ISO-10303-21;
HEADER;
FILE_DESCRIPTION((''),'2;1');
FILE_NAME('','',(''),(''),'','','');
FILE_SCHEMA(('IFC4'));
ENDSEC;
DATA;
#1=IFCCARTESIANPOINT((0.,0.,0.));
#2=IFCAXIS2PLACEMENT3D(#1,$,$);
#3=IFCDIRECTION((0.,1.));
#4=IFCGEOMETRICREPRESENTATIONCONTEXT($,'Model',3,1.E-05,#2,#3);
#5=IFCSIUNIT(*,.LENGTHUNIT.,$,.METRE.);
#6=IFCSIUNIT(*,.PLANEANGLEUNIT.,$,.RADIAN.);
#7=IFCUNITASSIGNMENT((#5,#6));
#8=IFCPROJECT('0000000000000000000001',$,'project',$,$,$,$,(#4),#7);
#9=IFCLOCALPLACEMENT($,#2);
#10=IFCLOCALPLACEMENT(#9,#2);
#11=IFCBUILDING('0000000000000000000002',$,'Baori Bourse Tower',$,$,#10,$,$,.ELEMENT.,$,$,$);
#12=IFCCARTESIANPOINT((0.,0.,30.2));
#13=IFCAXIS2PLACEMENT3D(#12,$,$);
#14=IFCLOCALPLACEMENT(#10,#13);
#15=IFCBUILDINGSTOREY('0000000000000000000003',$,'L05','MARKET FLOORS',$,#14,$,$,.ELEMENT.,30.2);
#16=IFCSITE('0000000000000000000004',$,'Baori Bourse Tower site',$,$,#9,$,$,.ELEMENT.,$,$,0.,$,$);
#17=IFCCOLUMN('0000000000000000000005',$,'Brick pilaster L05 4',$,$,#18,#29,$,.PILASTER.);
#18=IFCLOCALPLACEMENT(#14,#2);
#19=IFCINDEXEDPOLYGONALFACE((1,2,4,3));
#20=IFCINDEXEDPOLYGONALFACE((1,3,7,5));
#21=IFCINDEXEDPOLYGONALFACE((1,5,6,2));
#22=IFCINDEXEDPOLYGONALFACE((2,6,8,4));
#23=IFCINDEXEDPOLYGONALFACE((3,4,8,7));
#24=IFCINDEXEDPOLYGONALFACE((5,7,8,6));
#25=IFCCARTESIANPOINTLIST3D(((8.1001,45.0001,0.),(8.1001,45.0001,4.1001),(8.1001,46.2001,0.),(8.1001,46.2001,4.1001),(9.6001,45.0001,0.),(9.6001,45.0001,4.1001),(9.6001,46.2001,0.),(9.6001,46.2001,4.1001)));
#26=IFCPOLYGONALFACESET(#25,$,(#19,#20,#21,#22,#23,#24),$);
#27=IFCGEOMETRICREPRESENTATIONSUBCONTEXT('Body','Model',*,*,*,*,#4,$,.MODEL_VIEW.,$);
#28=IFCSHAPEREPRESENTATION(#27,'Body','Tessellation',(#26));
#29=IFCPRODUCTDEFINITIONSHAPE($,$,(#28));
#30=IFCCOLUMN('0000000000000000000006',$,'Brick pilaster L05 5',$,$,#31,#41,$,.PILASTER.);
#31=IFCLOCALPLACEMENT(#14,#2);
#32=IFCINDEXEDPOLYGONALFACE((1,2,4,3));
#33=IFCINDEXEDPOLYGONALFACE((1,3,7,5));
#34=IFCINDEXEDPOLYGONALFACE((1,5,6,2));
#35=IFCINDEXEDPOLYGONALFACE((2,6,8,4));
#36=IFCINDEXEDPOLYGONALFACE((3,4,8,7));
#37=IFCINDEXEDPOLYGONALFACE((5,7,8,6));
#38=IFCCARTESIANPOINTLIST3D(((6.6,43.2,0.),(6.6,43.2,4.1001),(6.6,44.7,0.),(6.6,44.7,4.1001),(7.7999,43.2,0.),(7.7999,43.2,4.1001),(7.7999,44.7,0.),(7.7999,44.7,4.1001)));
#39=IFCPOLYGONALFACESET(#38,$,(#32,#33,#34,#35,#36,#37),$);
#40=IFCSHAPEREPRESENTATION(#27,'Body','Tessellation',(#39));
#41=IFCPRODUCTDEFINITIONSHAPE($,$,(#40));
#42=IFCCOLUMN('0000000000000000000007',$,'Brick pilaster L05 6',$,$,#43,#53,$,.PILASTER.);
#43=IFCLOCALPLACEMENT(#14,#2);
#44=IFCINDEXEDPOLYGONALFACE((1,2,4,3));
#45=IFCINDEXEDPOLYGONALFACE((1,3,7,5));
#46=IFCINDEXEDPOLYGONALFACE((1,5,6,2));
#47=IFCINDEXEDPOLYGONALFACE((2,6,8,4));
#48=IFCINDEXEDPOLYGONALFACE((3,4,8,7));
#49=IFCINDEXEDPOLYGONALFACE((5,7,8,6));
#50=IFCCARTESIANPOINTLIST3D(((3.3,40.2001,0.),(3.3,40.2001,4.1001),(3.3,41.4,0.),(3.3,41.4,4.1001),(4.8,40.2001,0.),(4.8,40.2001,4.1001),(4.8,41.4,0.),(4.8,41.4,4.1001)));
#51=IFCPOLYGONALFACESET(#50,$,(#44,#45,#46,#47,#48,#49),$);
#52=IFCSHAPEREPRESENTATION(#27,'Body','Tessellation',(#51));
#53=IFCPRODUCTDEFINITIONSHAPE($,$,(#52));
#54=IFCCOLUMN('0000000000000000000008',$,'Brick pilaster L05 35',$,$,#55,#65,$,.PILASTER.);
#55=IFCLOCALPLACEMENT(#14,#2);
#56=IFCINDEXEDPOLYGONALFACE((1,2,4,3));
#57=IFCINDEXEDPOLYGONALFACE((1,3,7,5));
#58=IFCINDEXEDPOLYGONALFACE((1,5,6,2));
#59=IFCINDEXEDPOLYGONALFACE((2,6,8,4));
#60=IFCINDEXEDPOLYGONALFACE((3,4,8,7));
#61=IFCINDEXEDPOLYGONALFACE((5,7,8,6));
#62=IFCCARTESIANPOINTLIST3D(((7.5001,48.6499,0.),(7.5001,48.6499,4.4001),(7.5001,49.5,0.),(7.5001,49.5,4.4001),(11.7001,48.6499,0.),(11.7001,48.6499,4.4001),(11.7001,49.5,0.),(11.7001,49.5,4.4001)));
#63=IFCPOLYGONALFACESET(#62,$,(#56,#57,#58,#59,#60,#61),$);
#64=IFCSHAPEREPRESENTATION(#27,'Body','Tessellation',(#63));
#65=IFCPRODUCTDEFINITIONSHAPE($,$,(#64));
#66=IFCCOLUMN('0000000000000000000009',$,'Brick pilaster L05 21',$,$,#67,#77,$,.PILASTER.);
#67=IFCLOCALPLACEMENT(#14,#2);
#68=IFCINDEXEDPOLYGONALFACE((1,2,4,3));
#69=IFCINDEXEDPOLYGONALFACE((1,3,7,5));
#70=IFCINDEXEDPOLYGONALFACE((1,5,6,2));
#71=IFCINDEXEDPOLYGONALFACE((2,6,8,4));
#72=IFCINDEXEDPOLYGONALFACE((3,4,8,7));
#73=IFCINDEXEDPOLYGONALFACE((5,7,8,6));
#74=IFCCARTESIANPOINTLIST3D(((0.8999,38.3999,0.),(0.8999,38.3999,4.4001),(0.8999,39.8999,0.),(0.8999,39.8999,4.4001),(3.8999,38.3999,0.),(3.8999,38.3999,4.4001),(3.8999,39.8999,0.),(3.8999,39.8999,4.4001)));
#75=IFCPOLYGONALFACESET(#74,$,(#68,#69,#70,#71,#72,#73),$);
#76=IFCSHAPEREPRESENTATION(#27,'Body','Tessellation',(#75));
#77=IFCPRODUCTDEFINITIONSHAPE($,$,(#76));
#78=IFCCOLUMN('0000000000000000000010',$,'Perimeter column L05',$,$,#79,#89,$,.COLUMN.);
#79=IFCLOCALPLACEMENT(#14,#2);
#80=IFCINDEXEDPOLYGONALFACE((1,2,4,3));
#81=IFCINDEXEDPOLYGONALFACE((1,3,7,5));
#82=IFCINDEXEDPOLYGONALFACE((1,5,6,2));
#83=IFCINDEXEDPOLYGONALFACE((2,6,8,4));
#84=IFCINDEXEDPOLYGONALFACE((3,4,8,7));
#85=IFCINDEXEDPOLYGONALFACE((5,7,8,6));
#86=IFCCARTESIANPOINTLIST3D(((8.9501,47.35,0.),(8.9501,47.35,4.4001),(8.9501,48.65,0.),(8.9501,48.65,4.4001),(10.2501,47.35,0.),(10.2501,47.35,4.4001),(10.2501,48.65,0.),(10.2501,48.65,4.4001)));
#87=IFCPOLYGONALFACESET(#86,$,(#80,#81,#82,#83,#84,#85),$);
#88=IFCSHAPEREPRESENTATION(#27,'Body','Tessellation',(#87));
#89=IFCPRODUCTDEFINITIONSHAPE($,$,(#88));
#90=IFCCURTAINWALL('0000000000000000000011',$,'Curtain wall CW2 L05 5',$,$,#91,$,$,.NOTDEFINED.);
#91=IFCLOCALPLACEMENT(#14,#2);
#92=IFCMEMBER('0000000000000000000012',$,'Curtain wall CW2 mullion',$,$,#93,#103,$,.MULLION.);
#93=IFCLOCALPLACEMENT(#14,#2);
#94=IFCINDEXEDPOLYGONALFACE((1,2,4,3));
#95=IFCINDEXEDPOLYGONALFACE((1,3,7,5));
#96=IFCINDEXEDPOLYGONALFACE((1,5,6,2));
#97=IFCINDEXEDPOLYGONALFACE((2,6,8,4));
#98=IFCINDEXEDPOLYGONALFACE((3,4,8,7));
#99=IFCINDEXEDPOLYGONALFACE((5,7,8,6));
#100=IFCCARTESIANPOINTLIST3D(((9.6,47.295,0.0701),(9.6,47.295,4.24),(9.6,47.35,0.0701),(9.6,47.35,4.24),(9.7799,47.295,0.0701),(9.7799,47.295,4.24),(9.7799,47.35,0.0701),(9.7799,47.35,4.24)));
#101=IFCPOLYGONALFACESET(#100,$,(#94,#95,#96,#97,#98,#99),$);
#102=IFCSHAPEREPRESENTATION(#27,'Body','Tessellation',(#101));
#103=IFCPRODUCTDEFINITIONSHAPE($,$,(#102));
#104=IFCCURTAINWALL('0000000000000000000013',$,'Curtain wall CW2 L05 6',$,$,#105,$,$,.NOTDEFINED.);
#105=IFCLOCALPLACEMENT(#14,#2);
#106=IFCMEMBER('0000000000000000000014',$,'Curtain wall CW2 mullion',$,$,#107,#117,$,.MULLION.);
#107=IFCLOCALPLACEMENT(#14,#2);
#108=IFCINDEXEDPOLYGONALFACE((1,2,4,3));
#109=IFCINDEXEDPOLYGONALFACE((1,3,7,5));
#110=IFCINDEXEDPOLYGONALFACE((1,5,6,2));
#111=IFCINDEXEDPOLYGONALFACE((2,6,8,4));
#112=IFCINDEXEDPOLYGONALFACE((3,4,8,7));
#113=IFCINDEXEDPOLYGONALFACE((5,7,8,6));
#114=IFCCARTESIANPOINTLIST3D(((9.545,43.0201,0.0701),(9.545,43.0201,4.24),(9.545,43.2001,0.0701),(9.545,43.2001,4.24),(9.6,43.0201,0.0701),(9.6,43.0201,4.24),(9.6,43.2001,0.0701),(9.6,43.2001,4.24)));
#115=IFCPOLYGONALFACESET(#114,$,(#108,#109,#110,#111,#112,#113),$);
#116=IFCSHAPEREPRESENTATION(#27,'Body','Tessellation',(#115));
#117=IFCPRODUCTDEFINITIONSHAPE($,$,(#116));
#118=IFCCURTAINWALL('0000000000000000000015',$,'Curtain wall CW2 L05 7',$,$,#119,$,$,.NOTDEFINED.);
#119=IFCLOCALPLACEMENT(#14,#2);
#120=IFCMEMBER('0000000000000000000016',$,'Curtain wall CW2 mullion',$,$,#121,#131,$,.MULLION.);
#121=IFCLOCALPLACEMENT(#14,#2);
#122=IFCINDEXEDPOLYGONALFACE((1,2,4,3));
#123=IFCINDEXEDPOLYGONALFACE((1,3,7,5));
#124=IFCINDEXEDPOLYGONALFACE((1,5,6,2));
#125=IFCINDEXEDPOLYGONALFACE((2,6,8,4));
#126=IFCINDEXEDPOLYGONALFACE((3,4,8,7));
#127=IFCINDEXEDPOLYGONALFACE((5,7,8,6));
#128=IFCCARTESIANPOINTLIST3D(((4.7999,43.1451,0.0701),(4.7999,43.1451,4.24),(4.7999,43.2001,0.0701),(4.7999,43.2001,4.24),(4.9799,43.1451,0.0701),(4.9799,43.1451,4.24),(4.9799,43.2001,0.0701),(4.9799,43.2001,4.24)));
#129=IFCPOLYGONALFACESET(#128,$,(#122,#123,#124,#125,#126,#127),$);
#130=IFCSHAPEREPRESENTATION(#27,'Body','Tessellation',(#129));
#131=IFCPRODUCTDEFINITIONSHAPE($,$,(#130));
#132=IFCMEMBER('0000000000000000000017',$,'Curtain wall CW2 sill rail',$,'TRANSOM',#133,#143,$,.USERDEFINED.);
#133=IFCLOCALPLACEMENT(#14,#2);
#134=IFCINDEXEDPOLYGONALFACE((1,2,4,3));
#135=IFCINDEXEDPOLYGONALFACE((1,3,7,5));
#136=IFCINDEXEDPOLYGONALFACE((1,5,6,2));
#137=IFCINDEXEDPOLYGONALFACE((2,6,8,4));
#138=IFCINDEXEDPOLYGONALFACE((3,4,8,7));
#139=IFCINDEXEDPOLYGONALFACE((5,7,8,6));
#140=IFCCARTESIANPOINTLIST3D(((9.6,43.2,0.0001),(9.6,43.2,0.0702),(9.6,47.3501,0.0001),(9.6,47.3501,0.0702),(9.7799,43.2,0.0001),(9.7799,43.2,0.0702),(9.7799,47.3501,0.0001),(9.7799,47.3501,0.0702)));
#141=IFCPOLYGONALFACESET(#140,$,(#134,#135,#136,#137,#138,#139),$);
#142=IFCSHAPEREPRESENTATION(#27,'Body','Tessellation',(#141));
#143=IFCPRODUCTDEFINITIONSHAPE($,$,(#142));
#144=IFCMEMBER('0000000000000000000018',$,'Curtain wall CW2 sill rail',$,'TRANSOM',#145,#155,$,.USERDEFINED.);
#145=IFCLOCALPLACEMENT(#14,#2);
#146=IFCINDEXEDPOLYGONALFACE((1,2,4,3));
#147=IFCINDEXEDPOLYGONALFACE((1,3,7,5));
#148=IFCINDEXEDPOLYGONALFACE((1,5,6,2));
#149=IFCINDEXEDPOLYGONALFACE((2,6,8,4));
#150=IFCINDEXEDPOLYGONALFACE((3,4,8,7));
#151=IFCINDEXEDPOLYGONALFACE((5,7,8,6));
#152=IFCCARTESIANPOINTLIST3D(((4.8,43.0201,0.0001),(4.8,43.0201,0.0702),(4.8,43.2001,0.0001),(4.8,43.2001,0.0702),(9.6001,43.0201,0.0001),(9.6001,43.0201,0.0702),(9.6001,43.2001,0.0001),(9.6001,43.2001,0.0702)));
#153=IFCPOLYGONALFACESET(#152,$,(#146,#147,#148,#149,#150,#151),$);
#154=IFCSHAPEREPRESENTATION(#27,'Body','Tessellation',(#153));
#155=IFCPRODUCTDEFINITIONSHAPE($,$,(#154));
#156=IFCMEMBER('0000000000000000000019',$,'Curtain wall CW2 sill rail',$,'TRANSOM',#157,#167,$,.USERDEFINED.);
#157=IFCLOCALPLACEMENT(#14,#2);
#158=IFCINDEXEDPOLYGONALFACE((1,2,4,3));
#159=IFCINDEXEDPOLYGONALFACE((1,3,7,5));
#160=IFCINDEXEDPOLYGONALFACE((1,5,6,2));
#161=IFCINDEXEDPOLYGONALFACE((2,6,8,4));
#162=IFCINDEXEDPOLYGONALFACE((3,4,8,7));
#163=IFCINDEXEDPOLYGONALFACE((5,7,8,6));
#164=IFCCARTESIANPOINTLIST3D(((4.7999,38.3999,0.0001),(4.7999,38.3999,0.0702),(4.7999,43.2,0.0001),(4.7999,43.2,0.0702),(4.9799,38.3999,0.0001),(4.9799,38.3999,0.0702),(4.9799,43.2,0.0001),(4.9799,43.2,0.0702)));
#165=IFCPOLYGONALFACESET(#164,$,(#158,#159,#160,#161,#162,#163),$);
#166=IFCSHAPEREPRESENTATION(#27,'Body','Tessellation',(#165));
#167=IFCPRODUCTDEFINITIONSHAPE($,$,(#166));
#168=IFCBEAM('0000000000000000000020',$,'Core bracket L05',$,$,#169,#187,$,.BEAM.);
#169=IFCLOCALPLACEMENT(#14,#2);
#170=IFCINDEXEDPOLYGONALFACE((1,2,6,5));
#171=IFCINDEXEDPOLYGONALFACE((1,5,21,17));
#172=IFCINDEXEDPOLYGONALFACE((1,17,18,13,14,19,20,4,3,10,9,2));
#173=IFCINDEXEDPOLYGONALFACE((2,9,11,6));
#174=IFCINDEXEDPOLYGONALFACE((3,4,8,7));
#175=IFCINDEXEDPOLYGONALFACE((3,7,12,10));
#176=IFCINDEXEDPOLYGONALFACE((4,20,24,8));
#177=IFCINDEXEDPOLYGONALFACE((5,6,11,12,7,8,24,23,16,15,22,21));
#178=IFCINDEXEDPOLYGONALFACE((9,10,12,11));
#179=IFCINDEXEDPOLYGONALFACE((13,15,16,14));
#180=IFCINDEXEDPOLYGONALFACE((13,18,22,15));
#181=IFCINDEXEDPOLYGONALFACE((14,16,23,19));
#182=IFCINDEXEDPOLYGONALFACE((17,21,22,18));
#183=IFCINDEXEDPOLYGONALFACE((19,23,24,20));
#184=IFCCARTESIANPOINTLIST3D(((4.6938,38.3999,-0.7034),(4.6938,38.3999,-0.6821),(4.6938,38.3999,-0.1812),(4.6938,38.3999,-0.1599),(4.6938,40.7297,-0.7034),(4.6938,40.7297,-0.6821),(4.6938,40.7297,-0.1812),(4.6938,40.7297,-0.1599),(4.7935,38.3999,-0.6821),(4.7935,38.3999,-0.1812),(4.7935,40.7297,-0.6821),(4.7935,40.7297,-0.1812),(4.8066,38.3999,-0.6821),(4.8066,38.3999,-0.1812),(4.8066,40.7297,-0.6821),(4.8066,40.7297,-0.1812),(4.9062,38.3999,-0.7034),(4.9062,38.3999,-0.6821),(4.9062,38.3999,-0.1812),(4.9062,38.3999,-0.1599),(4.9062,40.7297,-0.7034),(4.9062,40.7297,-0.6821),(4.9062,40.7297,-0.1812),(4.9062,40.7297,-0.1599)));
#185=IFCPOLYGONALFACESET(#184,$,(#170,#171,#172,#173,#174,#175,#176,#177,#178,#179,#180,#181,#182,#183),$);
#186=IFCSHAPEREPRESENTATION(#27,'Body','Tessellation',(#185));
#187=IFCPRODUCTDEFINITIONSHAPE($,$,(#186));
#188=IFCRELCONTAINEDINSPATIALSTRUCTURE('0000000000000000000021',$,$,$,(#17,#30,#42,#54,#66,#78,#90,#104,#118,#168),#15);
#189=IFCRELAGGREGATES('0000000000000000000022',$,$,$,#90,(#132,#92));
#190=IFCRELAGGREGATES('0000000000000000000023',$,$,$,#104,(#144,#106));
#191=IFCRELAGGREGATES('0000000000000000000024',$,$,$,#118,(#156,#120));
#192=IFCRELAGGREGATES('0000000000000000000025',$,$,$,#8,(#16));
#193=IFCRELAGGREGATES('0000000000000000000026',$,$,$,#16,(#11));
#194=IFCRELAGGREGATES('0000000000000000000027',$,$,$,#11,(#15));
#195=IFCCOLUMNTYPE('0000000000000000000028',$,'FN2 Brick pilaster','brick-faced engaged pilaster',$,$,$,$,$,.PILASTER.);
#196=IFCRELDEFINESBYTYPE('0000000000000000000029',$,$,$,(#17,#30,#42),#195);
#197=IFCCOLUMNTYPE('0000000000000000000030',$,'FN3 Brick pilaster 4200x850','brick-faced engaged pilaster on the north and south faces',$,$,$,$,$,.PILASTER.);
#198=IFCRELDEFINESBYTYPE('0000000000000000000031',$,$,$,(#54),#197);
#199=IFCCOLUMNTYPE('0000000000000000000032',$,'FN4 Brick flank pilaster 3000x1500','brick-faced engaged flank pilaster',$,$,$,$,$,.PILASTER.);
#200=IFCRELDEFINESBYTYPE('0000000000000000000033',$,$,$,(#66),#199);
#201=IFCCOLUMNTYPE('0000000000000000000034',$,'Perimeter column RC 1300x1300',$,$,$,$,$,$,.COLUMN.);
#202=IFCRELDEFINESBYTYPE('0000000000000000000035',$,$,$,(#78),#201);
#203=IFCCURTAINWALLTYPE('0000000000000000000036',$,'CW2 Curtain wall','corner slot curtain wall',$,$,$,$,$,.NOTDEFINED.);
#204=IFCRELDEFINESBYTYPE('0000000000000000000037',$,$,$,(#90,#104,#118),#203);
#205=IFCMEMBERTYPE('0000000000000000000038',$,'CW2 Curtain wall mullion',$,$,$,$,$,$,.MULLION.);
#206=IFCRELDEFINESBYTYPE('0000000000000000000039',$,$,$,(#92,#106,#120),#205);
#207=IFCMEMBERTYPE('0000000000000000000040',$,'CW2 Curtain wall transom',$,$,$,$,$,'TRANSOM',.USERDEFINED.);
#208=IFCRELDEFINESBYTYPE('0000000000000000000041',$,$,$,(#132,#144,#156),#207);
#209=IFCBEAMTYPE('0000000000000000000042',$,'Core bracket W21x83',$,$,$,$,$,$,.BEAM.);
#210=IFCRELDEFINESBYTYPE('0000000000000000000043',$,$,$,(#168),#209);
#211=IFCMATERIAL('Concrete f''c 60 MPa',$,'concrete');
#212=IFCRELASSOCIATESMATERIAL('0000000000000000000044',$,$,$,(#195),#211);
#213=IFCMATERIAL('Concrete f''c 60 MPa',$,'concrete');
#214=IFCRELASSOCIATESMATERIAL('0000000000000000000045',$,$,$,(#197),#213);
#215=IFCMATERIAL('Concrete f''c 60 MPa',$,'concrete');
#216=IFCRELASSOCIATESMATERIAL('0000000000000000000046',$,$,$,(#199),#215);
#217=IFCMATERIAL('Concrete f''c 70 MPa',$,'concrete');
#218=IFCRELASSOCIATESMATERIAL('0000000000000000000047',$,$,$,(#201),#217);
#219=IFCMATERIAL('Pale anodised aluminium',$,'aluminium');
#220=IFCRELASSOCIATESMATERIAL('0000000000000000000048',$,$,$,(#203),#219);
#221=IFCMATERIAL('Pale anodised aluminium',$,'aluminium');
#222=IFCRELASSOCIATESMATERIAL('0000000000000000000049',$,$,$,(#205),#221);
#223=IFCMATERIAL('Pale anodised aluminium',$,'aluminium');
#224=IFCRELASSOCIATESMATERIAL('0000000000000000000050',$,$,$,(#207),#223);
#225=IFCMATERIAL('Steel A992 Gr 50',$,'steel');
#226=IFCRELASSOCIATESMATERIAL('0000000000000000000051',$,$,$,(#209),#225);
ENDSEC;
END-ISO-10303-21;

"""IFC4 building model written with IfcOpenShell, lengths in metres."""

from ifc_helpers import new_model, si_unit, direction, frame, origin, origin_2d, place, context, subcontext, project, spatial, rectangle, i_section, extrude, material, material_profile, profile_set, type_object, element, aggregate, save


model = new_model("IFC4")

# Units and contexts
model_context = context("Model", 3, precision=1e-05, world=origin(), true_north=direction((0.0, 1.0)))
body_context = subcontext(model_context, "Body", "Model", "MODEL_VIEW")
ifc_project = project(units=[si_unit("LENGTHUNIT", "METRE"), si_unit("PLANEANGLEUNIT", "RADIAN")], contexts=[model_context])

# Site, building, storey
site_placement = place(None, origin())
site = spatial("IfcSite", under=ifc_project, at=site_placement, Name="Baori Bourse Tower site", CompositionType="ELEMENT", RefElevation=0.0)
building_placement = place(site_placement, origin())
building = spatial("IfcBuilding", under=site, at=building_placement, Name="Baori Bourse Tower", CompositionType="ELEMENT")
storey_placement = place(building_placement, frame((0.0, 0.0, 30.2)))
storey = spatial("IfcBuildingStorey", under=building, at=storey_placement, Name="L05", Description="MARKET FLOORS", CompositionType="ELEMENT", Elevation=30.2)

# Columns
ifc_material_1 = material(Name="Concrete f'c 60 MPa", Category="concrete")
ifc_material_profile_1 = material_profile(ifc_material_1, rectangle(XDim=1.2, YDim=1.5, at=origin_2d()), Name="RC 1200x1500")
ifc_profile_set_1 = profile_set([ifc_material_profile_1], Name="Concrete f'c 60 MPa")
column_type_1 = type_object("IfcColumnType", Name="FN2 Brick pilaster", Description="brick-faced engaged pilaster", PredefinedType="PILASTER", material=ifc_profile_set_1)
for number, where, z_axis, x_axis, name in (
    (1, (8.8501, 45.6001, 0.0), (0.0, 0.0, 1.0), (0.0, 1.0, 0.0), "Brick pilaster L05 4"),
    (2, (7.2, 43.95, 0.0), (0.0, 0.0, 1.0), (1.0, 0.0, 0.0), "Brick pilaster L05 5"),
    (3, (4.05, 40.8, 0.0), (0.0, 0.0, 1.0), (0.0, 1.0, 0.0), "Brick pilaster L05 6"),
):
    element("IfcColumn", number, at=place(storey_placement, frame(where, z_axis=z_axis, x_axis=x_axis)), inside=storey, type_object=column_type_1, Name=name, PredefinedType="PILASTER", context=body_context, shape_type="SweptSolid", body=[
        extrude(rectangle(XDim=1.2, YDim=1.5, at=origin_2d()), origin(), (0.0, 0.0, 1.0), 4.1001),
    ])
ifc_material_2 = material(Name="Concrete f'c 60 MPa", Category="concrete")
ifc_material_profile_2 = material_profile(ifc_material_2, rectangle(XDim=4.2, YDim=0.8501, at=origin_2d()), Name="RC 4200x850")
ifc_profile_set_2 = profile_set([ifc_material_profile_2], Name="Concrete f'c 60 MPa")
column_type_2 = type_object("IfcColumnType", Name="FN3 Brick pilaster 4200x850", Description="brick-faced engaged pilaster on the north and south faces", PredefinedType="PILASTER", material=ifc_profile_set_2)
column_1_placement = place(storey_placement, frame((9.6001, 49.075, 0.0), z_axis=(0.0, 0.0, 1.0), x_axis=(1.0, 0.0, 0.0)))
element("IfcColumn", 4, at=column_1_placement, inside=storey, type_object=column_type_2, Name="Brick pilaster L05 35", PredefinedType="PILASTER", context=body_context, shape_type="SweptSolid", body=[
    extrude(rectangle(XDim=4.2, YDim=0.8501, at=origin_2d()), origin(), (0.0, 0.0, 1.0), 4.4001),
])
ifc_material_3 = material(Name="Concrete f'c 60 MPa", Category="concrete")
ifc_material_profile_3 = material_profile(ifc_material_3, rectangle(XDim=3.0, YDim=1.5, at=origin_2d()), Name="RC 3000x1500")
ifc_profile_set_3 = profile_set([ifc_material_profile_3], Name="Concrete f'c 60 MPa")
column_type_3 = type_object("IfcColumnType", Name="FN4 Brick flank pilaster 3000x1500", Description="brick-faced engaged flank pilaster", PredefinedType="PILASTER", material=ifc_profile_set_3)
column_2_placement = place(storey_placement, frame((2.3999, 39.1499, 0.0), z_axis=(0.0, 0.0, 1.0), x_axis=(1.0, 0.0, 0.0)))
element("IfcColumn", 5, at=column_2_placement, inside=storey, type_object=column_type_3, Name="Brick pilaster L05 21", PredefinedType="PILASTER", context=body_context, shape_type="SweptSolid", body=[
    extrude(rectangle(XDim=3.0, YDim=1.5, at=origin_2d()), origin(), (0.0, 0.0, 1.0), 4.4001),
])
ifc_material_4 = material(Name="Concrete f'c 70 MPa", Category="concrete")
ifc_material_profile_4 = material_profile(ifc_material_4, rectangle(XDim=1.3, YDim=1.3, at=origin_2d()), Name="RC 1300x1300")
ifc_profile_set_4 = profile_set([ifc_material_profile_4], Name="Concrete f'c 70 MPa")
column_type_4 = type_object("IfcColumnType", Name="Perimeter column RC 1300x1300", PredefinedType="COLUMN", material=ifc_profile_set_4)
column_3_placement = place(storey_placement, frame((9.6001, 48.0, 0.0), z_axis=(0.0, 0.0, 1.0), x_axis=(1.0, 0.0, 0.0)))
element("IfcColumn", 6, at=column_3_placement, inside=storey, type_object=column_type_4, Name="Perimeter column L05", PredefinedType="COLUMN", context=body_context, shape_type="SweptSolid", body=[
    extrude(rectangle(XDim=1.3, YDim=1.3, at=origin_2d()), origin(), (0.0, 0.0, 1.0), 4.4001),
])

# Curtain walls, members
ifc_material_5 = material(Name="Pale anodised aluminium", Category="aluminium")
curtain_wall_type = type_object("IfcCurtainWallType", Name="CW2 Curtain wall", Description="corner slot curtain wall", PredefinedType="NOTDEFINED", material=ifc_material_5)
curtain_wall_1_placement = place(storey_placement, origin())
curtain_wall_1 = element("IfcCurtainWall", 7, at=curtain_wall_1_placement, inside=storey, type_object=curtain_wall_type, Name="Curtain wall CW2 L05 5", PredefinedType="NOTDEFINED")
ifc_material_6 = material(Name="Pale anodised aluminium", Category="aluminium")
ifc_material_profile_5 = material_profile(ifc_material_6, rectangle(XDim=0.1799, YDim=0.0549, at=origin_2d()), Name="Mullion 55x180")
ifc_profile_set_5 = profile_set([ifc_material_profile_5], Name="Pale anodised aluminium")
member_type_1 = type_object("IfcMemberType", Name="CW2 Curtain wall mullion", PredefinedType="MULLION", material=ifc_profile_set_5)
member_1_placement = place(storey_placement, frame((9.6899, 47.3225, 0.0701), z_axis=(0.0, 0.0, 1.0), x_axis=(1.0, 0.0, 0.0)))
member_1 = element("IfcMember", 8, at=member_1_placement, type_object=member_type_1, Name="Curtain wall CW2 mullion", PredefinedType="MULLION", context=body_context, shape_type="SweptSolid", body=[
    extrude(rectangle(XDim=0.1799, YDim=0.0549, at=origin_2d()), origin(), (0.0, 0.0, 1.0), 4.1699),
])
curtain_wall_2_placement = place(storey_placement, origin())
curtain_wall_2 = element("IfcCurtainWall", 9, at=curtain_wall_2_placement, inside=storey, type_object=curtain_wall_type, Name="Curtain wall CW2 L05 6", PredefinedType="NOTDEFINED")
member_2_placement = place(storey_placement, frame((9.5725, 43.1101, 0.0701), z_axis=(0.0, 0.0, 1.0), x_axis=(0.0, -1.0, 0.0)))
member_2 = element("IfcMember", 10, at=member_2_placement, type_object=member_type_1, Name="Curtain wall CW2 mullion", PredefinedType="MULLION", context=body_context, shape_type="SweptSolid", body=[
    extrude(rectangle(XDim=0.1799, YDim=0.0549, at=origin_2d()), origin(), (0.0, 0.0, 1.0), 4.1699),
])
curtain_wall_3_placement = place(storey_placement, origin())
curtain_wall_3 = element("IfcCurtainWall", 11, at=curtain_wall_3_placement, inside=storey, type_object=curtain_wall_type, Name="Curtain wall CW2 L05 7", PredefinedType="NOTDEFINED")
member_3_placement = place(storey_placement, frame((4.8899, 43.1726, 0.0701), z_axis=(0.0, 0.0, 1.0), x_axis=(1.0, 0.0, 0.0)))
member_3 = element("IfcMember", 12, at=member_3_placement, type_object=member_type_1, Name="Curtain wall CW2 mullion", PredefinedType="MULLION", context=body_context, shape_type="SweptSolid", body=[
    extrude(rectangle(XDim=0.1799, YDim=0.0549, at=origin_2d()), origin(), (0.0, 0.0, 1.0), 4.1699),
])

# Members
ifc_material_7 = material(Name="Pale anodised aluminium", Category="aluminium")
ifc_material_profile_6 = material_profile(ifc_material_7, rectangle(XDim=0.1799, YDim=0.0701, at=origin_2d()), Name="Transom 70x180")
ifc_profile_set_6 = profile_set([ifc_material_profile_6], Name="Pale anodised aluminium")
member_type_2 = type_object("IfcMemberType", Name="CW2 Curtain wall transom", ElementType="TRANSOM", PredefinedType="USERDEFINED", material=ifc_profile_set_6)
member_4_placement = place(storey_placement, frame((9.6899, 47.3501, 0.0352), z_axis=(0.0, -1.0, 0.0), x_axis=(1.0, 0.0, 0.0)))
member_4 = element("IfcMember", 13, at=member_4_placement, type_object=member_type_2, Name="Curtain wall CW2 sill rail", ObjectType="TRANSOM", PredefinedType="USERDEFINED", context=body_context, shape_type="SweptSolid", body=[
    extrude(rectangle(XDim=0.1799, YDim=0.0701, at=origin_2d()), origin(), (0.0, 0.0, 1.0), 4.1501),
])
member_5_placement = place(storey_placement, frame((9.6001, 43.1101, 0.0352), z_axis=(-1.0, 0.0, 0.0), x_axis=(0.0, -1.0, 0.0)))
member_5 = element("IfcMember", 14, at=member_5_placement, type_object=member_type_2, Name="Curtain wall CW2 sill rail", ObjectType="TRANSOM", PredefinedType="USERDEFINED", context=body_context, shape_type="SweptSolid", body=[
    extrude(rectangle(XDim=0.1799, YDim=0.0701, at=origin_2d()), origin(), (0.0, 0.0, 1.0), 4.8),
])
member_6_placement = place(storey_placement, frame((4.8899, 43.2, 0.0352), z_axis=(0.0, -1.0, 0.0), x_axis=(1.0, 0.0, 0.0)))
member_6 = element("IfcMember", 15, at=member_6_placement, type_object=member_type_2, Name="Curtain wall CW2 sill rail", ObjectType="TRANSOM", PredefinedType="USERDEFINED", context=body_context, shape_type="SweptSolid", body=[
    extrude(rectangle(XDim=0.1799, YDim=0.0701, at=origin_2d()), origin(), (0.0, 0.0, 1.0), 4.8),
])

# Beam
ifc_material_8 = material(Name="Steel A992 Gr 50", Category="steel")
ifc_material_profile_7 = material_profile(ifc_material_8, i_section(OverallWidth=0.2124, OverallDepth=0.5435, WebThickness=0.0132, FlangeThickness=0.0212, at=origin_2d()), Name="W21x83")
ifc_profile_set_7 = profile_set([ifc_material_profile_7], Name="Steel A992 Gr 50")
beam_type_1 = type_object("IfcBeamType", Name="Core bracket W21x83", PredefinedType="BEAM", material=ifc_profile_set_7)
beam_1_placement = place(storey_placement, frame((4.8, 38.3999, -0.4316), z_axis=(0.0, 1.0, 0.0), x_axis=(-1.0, 0.0, 0.0)))
element("IfcBeam", 16, at=beam_1_placement, inside=storey, type_object=beam_type_1, Name="Core bracket L05", PredefinedType="BEAM", context=body_context, shape_type="SweptSolid", body=[
    extrude(i_section(OverallWidth=0.2124, OverallDepth=0.5435, WebThickness=0.0132, FlangeThickness=0.0212, at=origin_2d()), origin(), (0.0, 0.0, 1.0), 2.3298),
])

aggregate(curtain_wall_1, [member_4, member_1])
aggregate(curtain_wall_2, [member_5, member_2])
aggregate(curtain_wall_3, [member_6, member_3])

save(model, "model.ifc")
